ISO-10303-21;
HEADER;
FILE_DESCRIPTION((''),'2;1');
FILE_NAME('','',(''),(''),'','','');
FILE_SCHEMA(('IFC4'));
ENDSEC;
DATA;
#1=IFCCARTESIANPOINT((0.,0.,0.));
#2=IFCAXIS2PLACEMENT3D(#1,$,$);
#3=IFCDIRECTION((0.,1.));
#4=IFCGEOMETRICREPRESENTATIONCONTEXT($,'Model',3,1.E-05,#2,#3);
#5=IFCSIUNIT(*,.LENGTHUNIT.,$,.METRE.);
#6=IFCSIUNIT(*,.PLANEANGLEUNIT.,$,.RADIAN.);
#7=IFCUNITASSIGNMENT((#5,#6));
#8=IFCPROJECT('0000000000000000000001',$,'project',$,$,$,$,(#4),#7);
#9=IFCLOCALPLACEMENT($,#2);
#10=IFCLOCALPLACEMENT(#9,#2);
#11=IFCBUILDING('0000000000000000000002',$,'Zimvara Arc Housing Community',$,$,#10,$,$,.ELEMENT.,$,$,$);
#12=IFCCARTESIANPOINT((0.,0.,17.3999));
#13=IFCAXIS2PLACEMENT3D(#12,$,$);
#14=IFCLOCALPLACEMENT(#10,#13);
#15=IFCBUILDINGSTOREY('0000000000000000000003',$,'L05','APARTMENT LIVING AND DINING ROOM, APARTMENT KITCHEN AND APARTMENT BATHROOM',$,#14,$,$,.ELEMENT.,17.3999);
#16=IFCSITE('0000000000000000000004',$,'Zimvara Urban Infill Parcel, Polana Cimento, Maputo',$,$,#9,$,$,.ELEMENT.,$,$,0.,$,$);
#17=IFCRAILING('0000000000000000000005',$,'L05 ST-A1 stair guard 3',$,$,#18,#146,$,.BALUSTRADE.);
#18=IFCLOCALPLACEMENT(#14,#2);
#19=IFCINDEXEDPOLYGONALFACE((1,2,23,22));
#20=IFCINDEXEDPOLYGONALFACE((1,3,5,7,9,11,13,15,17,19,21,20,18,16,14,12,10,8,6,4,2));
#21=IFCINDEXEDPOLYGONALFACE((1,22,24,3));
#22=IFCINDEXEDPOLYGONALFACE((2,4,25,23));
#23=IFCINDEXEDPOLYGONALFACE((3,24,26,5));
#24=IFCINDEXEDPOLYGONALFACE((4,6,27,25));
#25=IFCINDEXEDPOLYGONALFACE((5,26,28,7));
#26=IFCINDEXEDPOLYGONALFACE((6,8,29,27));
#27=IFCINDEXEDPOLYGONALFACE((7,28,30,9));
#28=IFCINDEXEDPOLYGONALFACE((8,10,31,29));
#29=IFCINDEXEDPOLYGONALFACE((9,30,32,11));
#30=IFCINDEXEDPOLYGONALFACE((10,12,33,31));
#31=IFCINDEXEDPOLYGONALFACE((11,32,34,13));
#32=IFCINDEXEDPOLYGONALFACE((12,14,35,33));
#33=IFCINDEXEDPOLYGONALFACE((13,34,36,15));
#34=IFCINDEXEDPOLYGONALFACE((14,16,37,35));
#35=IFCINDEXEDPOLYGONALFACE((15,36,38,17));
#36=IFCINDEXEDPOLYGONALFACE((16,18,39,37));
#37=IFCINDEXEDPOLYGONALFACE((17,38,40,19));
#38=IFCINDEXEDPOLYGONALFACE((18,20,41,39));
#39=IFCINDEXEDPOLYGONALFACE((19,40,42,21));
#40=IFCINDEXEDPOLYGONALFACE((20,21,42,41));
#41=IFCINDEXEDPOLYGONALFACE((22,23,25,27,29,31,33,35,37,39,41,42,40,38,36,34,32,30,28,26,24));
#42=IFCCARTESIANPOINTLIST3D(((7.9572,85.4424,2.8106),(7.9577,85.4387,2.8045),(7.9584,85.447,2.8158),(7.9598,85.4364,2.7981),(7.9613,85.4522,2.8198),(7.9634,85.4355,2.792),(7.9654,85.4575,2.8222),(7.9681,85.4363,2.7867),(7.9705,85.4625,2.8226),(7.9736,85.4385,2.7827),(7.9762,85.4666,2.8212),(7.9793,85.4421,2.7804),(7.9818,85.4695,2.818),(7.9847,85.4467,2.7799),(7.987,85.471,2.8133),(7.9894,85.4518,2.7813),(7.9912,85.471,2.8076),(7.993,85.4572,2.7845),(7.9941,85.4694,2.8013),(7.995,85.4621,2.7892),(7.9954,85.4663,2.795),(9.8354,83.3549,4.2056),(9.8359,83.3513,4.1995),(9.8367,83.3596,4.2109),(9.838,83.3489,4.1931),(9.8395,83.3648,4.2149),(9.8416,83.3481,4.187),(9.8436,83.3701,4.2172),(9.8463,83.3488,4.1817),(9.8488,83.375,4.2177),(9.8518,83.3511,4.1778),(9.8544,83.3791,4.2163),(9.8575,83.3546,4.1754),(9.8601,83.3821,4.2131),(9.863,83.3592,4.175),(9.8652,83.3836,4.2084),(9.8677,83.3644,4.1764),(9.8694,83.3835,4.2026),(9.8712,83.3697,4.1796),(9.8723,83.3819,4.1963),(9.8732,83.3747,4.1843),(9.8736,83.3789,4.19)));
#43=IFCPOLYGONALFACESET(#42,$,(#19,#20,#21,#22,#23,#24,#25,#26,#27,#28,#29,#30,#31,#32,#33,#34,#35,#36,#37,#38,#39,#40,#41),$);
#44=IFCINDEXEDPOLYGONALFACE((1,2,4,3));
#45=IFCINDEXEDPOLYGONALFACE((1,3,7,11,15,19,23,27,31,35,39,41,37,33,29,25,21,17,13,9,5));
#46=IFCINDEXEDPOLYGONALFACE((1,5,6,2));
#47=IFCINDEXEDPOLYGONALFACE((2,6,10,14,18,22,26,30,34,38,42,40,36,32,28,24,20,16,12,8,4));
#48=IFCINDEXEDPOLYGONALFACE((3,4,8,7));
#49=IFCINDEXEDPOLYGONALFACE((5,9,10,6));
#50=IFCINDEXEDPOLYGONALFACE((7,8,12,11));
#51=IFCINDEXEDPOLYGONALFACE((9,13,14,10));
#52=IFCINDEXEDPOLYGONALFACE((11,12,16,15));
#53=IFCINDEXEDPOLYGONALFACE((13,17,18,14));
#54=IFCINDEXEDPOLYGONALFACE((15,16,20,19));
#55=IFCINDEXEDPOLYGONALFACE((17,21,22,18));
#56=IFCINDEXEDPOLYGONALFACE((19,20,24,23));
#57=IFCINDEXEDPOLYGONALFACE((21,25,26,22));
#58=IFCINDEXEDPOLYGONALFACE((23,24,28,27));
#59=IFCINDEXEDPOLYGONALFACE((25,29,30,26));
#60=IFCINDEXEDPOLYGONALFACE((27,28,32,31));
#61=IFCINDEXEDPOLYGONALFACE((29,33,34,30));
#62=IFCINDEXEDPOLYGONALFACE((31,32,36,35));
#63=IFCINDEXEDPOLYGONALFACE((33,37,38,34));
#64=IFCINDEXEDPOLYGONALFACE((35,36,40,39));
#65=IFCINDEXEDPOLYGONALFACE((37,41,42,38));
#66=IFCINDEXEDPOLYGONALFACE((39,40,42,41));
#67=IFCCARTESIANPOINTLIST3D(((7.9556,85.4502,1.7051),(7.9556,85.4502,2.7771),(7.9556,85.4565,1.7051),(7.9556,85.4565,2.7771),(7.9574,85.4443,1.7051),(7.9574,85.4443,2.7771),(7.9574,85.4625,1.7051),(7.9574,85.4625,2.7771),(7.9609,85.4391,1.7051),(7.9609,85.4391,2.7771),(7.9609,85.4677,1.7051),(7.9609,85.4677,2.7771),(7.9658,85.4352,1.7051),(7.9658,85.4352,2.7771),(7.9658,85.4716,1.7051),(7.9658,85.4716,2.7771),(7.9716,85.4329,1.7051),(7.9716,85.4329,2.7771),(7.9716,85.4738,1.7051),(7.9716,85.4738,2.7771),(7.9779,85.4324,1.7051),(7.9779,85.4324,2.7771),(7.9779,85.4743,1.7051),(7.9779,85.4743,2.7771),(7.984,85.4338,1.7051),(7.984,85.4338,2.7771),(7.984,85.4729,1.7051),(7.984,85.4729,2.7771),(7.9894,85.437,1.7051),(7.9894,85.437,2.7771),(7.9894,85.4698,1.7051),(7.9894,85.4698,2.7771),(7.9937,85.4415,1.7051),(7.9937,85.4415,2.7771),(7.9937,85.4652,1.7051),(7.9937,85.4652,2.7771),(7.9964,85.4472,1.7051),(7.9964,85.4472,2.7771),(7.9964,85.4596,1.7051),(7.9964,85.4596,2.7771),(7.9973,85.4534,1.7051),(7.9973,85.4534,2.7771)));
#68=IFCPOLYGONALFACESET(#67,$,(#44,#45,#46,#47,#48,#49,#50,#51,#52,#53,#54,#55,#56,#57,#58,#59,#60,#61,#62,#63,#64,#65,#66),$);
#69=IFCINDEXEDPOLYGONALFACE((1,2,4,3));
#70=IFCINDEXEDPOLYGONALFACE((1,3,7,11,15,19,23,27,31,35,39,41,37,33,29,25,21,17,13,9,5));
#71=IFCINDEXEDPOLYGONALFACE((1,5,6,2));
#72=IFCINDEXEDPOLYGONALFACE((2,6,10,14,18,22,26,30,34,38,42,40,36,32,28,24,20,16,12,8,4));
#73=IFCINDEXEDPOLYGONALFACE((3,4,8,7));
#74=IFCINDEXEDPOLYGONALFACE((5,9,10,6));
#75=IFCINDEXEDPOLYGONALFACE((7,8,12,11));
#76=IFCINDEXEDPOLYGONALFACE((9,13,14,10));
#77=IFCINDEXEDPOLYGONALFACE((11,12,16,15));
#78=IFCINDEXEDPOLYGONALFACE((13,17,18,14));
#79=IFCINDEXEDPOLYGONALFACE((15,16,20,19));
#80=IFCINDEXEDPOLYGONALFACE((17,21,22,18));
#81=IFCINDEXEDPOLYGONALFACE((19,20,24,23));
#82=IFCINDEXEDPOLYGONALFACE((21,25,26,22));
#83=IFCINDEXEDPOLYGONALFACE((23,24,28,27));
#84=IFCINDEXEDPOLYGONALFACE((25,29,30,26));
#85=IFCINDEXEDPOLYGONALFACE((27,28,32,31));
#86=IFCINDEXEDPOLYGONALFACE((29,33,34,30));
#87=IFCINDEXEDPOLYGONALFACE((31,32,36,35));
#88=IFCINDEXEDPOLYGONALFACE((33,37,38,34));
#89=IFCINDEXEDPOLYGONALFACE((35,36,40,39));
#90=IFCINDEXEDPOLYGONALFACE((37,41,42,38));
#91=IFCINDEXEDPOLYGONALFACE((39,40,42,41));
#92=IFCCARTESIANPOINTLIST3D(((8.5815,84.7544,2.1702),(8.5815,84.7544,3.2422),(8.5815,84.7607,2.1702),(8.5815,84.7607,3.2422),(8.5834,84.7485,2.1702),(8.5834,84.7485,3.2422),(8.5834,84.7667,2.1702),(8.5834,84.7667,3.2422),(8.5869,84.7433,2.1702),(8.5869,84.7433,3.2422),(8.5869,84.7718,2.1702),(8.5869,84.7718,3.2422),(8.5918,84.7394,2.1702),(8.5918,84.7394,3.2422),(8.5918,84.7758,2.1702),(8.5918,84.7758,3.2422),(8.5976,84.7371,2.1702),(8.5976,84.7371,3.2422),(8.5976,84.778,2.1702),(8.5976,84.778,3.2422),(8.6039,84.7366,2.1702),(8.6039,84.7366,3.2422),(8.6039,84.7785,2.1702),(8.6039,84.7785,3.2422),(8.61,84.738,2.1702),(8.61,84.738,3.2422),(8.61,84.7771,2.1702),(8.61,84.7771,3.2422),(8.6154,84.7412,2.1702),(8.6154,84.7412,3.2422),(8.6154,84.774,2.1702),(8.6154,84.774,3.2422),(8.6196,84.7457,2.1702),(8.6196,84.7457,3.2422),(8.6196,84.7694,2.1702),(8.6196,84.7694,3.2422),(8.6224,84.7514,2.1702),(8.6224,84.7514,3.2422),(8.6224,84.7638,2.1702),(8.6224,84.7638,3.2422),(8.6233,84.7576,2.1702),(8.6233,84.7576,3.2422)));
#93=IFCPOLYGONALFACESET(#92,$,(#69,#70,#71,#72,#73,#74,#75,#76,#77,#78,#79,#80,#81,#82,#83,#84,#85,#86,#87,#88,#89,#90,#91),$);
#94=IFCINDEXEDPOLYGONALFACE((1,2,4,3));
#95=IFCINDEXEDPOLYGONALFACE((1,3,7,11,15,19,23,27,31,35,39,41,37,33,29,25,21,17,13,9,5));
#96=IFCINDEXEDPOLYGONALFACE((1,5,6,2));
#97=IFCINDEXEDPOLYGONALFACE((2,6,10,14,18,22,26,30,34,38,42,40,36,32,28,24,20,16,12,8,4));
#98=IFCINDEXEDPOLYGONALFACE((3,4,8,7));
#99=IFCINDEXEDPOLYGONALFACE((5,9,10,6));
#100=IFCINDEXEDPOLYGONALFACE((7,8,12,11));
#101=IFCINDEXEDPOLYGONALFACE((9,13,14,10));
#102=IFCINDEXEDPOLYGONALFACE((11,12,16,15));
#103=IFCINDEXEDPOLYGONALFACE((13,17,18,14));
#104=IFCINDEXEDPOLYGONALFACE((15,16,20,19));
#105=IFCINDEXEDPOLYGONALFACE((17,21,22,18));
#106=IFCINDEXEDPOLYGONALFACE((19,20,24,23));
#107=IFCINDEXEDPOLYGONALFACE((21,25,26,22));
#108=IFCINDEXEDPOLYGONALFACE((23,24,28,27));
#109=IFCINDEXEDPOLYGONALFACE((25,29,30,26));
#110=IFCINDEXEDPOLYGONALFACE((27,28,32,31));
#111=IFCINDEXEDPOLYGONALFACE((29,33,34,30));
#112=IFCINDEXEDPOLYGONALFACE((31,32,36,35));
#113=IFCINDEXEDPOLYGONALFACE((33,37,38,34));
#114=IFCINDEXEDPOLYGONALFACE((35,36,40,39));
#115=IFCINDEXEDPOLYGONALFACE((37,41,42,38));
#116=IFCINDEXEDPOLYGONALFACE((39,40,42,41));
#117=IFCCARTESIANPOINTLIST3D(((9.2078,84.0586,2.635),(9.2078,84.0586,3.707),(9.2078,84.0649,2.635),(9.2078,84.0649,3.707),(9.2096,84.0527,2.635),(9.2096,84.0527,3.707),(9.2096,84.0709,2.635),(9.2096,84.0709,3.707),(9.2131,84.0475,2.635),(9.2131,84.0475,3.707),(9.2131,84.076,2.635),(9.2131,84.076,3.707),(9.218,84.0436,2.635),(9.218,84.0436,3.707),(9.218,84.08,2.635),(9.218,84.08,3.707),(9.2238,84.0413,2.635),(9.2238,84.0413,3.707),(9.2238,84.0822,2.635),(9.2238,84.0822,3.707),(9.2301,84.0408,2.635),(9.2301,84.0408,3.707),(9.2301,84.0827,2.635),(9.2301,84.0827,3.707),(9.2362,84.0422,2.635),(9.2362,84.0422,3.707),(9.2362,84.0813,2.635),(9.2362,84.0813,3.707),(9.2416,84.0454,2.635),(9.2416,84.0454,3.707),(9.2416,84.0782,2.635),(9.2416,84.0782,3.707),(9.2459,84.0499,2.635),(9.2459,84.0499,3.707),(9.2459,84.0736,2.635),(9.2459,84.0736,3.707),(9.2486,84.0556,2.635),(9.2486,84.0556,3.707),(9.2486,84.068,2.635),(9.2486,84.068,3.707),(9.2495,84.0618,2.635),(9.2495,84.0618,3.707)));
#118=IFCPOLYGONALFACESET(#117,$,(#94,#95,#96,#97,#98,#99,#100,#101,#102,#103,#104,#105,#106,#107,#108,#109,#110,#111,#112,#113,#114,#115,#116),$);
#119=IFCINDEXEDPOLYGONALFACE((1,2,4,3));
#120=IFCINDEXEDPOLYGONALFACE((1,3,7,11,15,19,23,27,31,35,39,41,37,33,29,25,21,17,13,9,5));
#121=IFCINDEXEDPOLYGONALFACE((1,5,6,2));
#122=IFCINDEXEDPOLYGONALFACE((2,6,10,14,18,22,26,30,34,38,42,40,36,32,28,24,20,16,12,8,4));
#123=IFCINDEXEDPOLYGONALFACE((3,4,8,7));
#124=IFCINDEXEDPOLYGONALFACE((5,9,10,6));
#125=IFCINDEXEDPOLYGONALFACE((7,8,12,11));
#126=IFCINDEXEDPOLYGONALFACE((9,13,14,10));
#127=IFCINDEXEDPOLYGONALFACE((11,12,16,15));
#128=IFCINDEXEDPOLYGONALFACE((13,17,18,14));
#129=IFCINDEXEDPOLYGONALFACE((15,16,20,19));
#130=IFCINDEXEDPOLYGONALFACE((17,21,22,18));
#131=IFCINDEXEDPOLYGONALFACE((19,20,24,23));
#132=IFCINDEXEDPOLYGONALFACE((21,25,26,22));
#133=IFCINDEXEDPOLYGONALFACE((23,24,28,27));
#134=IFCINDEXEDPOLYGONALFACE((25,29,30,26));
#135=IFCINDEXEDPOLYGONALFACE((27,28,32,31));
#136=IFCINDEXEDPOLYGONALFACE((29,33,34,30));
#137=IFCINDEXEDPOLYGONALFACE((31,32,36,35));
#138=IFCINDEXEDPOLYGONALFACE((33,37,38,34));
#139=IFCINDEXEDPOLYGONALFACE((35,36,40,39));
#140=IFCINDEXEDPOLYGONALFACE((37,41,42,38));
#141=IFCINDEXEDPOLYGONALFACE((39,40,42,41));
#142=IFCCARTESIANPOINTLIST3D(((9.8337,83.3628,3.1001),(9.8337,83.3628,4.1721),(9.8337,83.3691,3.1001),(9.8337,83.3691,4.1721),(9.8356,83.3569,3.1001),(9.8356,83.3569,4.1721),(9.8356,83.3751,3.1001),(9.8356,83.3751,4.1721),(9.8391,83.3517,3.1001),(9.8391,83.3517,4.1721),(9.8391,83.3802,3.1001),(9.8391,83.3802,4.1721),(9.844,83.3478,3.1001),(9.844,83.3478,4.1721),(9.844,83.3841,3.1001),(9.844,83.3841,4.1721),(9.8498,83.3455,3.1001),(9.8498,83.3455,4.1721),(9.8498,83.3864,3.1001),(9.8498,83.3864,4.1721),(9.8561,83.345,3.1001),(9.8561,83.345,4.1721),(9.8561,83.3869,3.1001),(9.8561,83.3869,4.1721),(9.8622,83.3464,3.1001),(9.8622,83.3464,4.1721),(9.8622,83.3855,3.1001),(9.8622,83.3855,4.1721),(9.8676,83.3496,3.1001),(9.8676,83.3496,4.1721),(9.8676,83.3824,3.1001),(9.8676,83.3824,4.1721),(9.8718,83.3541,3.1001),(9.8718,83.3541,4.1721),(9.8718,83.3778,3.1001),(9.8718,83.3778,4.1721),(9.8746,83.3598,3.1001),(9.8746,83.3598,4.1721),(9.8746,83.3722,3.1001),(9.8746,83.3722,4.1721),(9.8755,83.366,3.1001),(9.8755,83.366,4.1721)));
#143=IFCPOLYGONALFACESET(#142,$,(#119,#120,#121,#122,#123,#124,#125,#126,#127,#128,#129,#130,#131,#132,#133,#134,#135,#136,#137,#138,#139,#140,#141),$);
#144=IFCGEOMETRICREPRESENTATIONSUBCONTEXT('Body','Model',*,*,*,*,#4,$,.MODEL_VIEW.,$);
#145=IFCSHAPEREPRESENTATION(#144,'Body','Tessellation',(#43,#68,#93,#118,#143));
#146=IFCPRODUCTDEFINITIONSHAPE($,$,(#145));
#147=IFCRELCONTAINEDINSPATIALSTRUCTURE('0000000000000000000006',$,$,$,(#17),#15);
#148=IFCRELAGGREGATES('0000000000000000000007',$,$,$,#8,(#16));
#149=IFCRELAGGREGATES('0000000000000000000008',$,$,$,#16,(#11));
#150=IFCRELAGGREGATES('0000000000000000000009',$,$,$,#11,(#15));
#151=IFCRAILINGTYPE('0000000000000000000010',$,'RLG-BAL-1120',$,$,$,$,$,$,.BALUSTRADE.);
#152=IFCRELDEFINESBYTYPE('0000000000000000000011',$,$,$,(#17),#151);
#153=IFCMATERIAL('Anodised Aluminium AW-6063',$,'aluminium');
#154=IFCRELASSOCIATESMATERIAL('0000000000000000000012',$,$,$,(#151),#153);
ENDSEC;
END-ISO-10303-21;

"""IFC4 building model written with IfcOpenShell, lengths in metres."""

from ifc_helpers import new_model, si_unit, direction, frame, origin, origin_2d, place, context, subcontext, project, spatial, circle, extrude, material, type_object, element, save


model = new_model("IFC4")

# Units and contexts
model_context = context("Model", 3, precision=1e-05, world=origin(), true_north=direction((0.0, 1.0)))
body_context = subcontext(model_context, "Body", "Model", "MODEL_VIEW")
ifc_project = project(units=[si_unit("LENGTHUNIT", "METRE"), si_unit("PLANEANGLEUNIT", "RADIAN")], contexts=[model_context])

# Site, building, storey
site_placement = place(None, origin())
site = spatial("IfcSite", under=ifc_project, at=site_placement, Name="Zimvara Urban Infill Parcel, Polana Cimento, Maputo", CompositionType="ELEMENT", RefElevation=0.0)
building_placement = place(site_placement, origin())
building = spatial("IfcBuilding", under=site, at=building_placement, Name="Zimvara Arc Housing Community", CompositionType="ELEMENT")
storey_placement = place(building_placement, frame((0.0, 0.0, 17.3999)))
storey = spatial("IfcBuildingStorey", under=building, at=storey_placement, Name="L05", Description="APARTMENT LIVING AND DINING ROOM, APARTMENT KITCHEN AND APARTMENT BATHROOM", CompositionType="ELEMENT", Elevation=17.3999)

# Railing
ifc_material_1 = material(Name="Anodised Aluminium AW-6063", Category="aluminium")
railing_type_1 = type_object("IfcRailingType", Name="RLG-BAL-1120", PredefinedType="BALUSTRADE", material=ifc_material_1)
railing_1_placement = place(storey_placement, frame((7.9763, 85.4534, 1.7051)))
element("IfcRailing", 1, at=railing_1_placement, inside=storey, type_object=railing_type_1, Name="L05 ST-A1 stair guard 3", PredefinedType="BALUSTRADE", context=body_context, shape_type="SweptSolid", body=[
    extrude(circle(Radius=0.0239, at=origin_2d()), frame((0.0, 0.0, 1.0962), z_axis=(0.599018, -0.665749, 0.444923), x_axis=(0.743381, 0.668869, 0.0)), (0.0, 0.0, 1.0), 3.1355),
    extrude(circle(Radius=0.021, at=origin_2d()), origin(), (0.0, 0.0, 1.0), 1.072),
    extrude(circle(Radius=0.021, at=origin_2d()), frame((0.626, -0.6958, 0.4651)), (0.0, 0.0, 1.0), 1.072),
    extrude(circle(Radius=0.021, at=origin_2d()), frame((1.2522, -1.3916, 0.9299)), (0.0, 0.0, 1.0), 1.072),
    extrude(circle(Radius=0.021, at=origin_2d()), frame((1.8782, -2.0874, 1.395)), (0.0, 0.0, 1.0), 1.072),
])

save(model, "model.ifc")
